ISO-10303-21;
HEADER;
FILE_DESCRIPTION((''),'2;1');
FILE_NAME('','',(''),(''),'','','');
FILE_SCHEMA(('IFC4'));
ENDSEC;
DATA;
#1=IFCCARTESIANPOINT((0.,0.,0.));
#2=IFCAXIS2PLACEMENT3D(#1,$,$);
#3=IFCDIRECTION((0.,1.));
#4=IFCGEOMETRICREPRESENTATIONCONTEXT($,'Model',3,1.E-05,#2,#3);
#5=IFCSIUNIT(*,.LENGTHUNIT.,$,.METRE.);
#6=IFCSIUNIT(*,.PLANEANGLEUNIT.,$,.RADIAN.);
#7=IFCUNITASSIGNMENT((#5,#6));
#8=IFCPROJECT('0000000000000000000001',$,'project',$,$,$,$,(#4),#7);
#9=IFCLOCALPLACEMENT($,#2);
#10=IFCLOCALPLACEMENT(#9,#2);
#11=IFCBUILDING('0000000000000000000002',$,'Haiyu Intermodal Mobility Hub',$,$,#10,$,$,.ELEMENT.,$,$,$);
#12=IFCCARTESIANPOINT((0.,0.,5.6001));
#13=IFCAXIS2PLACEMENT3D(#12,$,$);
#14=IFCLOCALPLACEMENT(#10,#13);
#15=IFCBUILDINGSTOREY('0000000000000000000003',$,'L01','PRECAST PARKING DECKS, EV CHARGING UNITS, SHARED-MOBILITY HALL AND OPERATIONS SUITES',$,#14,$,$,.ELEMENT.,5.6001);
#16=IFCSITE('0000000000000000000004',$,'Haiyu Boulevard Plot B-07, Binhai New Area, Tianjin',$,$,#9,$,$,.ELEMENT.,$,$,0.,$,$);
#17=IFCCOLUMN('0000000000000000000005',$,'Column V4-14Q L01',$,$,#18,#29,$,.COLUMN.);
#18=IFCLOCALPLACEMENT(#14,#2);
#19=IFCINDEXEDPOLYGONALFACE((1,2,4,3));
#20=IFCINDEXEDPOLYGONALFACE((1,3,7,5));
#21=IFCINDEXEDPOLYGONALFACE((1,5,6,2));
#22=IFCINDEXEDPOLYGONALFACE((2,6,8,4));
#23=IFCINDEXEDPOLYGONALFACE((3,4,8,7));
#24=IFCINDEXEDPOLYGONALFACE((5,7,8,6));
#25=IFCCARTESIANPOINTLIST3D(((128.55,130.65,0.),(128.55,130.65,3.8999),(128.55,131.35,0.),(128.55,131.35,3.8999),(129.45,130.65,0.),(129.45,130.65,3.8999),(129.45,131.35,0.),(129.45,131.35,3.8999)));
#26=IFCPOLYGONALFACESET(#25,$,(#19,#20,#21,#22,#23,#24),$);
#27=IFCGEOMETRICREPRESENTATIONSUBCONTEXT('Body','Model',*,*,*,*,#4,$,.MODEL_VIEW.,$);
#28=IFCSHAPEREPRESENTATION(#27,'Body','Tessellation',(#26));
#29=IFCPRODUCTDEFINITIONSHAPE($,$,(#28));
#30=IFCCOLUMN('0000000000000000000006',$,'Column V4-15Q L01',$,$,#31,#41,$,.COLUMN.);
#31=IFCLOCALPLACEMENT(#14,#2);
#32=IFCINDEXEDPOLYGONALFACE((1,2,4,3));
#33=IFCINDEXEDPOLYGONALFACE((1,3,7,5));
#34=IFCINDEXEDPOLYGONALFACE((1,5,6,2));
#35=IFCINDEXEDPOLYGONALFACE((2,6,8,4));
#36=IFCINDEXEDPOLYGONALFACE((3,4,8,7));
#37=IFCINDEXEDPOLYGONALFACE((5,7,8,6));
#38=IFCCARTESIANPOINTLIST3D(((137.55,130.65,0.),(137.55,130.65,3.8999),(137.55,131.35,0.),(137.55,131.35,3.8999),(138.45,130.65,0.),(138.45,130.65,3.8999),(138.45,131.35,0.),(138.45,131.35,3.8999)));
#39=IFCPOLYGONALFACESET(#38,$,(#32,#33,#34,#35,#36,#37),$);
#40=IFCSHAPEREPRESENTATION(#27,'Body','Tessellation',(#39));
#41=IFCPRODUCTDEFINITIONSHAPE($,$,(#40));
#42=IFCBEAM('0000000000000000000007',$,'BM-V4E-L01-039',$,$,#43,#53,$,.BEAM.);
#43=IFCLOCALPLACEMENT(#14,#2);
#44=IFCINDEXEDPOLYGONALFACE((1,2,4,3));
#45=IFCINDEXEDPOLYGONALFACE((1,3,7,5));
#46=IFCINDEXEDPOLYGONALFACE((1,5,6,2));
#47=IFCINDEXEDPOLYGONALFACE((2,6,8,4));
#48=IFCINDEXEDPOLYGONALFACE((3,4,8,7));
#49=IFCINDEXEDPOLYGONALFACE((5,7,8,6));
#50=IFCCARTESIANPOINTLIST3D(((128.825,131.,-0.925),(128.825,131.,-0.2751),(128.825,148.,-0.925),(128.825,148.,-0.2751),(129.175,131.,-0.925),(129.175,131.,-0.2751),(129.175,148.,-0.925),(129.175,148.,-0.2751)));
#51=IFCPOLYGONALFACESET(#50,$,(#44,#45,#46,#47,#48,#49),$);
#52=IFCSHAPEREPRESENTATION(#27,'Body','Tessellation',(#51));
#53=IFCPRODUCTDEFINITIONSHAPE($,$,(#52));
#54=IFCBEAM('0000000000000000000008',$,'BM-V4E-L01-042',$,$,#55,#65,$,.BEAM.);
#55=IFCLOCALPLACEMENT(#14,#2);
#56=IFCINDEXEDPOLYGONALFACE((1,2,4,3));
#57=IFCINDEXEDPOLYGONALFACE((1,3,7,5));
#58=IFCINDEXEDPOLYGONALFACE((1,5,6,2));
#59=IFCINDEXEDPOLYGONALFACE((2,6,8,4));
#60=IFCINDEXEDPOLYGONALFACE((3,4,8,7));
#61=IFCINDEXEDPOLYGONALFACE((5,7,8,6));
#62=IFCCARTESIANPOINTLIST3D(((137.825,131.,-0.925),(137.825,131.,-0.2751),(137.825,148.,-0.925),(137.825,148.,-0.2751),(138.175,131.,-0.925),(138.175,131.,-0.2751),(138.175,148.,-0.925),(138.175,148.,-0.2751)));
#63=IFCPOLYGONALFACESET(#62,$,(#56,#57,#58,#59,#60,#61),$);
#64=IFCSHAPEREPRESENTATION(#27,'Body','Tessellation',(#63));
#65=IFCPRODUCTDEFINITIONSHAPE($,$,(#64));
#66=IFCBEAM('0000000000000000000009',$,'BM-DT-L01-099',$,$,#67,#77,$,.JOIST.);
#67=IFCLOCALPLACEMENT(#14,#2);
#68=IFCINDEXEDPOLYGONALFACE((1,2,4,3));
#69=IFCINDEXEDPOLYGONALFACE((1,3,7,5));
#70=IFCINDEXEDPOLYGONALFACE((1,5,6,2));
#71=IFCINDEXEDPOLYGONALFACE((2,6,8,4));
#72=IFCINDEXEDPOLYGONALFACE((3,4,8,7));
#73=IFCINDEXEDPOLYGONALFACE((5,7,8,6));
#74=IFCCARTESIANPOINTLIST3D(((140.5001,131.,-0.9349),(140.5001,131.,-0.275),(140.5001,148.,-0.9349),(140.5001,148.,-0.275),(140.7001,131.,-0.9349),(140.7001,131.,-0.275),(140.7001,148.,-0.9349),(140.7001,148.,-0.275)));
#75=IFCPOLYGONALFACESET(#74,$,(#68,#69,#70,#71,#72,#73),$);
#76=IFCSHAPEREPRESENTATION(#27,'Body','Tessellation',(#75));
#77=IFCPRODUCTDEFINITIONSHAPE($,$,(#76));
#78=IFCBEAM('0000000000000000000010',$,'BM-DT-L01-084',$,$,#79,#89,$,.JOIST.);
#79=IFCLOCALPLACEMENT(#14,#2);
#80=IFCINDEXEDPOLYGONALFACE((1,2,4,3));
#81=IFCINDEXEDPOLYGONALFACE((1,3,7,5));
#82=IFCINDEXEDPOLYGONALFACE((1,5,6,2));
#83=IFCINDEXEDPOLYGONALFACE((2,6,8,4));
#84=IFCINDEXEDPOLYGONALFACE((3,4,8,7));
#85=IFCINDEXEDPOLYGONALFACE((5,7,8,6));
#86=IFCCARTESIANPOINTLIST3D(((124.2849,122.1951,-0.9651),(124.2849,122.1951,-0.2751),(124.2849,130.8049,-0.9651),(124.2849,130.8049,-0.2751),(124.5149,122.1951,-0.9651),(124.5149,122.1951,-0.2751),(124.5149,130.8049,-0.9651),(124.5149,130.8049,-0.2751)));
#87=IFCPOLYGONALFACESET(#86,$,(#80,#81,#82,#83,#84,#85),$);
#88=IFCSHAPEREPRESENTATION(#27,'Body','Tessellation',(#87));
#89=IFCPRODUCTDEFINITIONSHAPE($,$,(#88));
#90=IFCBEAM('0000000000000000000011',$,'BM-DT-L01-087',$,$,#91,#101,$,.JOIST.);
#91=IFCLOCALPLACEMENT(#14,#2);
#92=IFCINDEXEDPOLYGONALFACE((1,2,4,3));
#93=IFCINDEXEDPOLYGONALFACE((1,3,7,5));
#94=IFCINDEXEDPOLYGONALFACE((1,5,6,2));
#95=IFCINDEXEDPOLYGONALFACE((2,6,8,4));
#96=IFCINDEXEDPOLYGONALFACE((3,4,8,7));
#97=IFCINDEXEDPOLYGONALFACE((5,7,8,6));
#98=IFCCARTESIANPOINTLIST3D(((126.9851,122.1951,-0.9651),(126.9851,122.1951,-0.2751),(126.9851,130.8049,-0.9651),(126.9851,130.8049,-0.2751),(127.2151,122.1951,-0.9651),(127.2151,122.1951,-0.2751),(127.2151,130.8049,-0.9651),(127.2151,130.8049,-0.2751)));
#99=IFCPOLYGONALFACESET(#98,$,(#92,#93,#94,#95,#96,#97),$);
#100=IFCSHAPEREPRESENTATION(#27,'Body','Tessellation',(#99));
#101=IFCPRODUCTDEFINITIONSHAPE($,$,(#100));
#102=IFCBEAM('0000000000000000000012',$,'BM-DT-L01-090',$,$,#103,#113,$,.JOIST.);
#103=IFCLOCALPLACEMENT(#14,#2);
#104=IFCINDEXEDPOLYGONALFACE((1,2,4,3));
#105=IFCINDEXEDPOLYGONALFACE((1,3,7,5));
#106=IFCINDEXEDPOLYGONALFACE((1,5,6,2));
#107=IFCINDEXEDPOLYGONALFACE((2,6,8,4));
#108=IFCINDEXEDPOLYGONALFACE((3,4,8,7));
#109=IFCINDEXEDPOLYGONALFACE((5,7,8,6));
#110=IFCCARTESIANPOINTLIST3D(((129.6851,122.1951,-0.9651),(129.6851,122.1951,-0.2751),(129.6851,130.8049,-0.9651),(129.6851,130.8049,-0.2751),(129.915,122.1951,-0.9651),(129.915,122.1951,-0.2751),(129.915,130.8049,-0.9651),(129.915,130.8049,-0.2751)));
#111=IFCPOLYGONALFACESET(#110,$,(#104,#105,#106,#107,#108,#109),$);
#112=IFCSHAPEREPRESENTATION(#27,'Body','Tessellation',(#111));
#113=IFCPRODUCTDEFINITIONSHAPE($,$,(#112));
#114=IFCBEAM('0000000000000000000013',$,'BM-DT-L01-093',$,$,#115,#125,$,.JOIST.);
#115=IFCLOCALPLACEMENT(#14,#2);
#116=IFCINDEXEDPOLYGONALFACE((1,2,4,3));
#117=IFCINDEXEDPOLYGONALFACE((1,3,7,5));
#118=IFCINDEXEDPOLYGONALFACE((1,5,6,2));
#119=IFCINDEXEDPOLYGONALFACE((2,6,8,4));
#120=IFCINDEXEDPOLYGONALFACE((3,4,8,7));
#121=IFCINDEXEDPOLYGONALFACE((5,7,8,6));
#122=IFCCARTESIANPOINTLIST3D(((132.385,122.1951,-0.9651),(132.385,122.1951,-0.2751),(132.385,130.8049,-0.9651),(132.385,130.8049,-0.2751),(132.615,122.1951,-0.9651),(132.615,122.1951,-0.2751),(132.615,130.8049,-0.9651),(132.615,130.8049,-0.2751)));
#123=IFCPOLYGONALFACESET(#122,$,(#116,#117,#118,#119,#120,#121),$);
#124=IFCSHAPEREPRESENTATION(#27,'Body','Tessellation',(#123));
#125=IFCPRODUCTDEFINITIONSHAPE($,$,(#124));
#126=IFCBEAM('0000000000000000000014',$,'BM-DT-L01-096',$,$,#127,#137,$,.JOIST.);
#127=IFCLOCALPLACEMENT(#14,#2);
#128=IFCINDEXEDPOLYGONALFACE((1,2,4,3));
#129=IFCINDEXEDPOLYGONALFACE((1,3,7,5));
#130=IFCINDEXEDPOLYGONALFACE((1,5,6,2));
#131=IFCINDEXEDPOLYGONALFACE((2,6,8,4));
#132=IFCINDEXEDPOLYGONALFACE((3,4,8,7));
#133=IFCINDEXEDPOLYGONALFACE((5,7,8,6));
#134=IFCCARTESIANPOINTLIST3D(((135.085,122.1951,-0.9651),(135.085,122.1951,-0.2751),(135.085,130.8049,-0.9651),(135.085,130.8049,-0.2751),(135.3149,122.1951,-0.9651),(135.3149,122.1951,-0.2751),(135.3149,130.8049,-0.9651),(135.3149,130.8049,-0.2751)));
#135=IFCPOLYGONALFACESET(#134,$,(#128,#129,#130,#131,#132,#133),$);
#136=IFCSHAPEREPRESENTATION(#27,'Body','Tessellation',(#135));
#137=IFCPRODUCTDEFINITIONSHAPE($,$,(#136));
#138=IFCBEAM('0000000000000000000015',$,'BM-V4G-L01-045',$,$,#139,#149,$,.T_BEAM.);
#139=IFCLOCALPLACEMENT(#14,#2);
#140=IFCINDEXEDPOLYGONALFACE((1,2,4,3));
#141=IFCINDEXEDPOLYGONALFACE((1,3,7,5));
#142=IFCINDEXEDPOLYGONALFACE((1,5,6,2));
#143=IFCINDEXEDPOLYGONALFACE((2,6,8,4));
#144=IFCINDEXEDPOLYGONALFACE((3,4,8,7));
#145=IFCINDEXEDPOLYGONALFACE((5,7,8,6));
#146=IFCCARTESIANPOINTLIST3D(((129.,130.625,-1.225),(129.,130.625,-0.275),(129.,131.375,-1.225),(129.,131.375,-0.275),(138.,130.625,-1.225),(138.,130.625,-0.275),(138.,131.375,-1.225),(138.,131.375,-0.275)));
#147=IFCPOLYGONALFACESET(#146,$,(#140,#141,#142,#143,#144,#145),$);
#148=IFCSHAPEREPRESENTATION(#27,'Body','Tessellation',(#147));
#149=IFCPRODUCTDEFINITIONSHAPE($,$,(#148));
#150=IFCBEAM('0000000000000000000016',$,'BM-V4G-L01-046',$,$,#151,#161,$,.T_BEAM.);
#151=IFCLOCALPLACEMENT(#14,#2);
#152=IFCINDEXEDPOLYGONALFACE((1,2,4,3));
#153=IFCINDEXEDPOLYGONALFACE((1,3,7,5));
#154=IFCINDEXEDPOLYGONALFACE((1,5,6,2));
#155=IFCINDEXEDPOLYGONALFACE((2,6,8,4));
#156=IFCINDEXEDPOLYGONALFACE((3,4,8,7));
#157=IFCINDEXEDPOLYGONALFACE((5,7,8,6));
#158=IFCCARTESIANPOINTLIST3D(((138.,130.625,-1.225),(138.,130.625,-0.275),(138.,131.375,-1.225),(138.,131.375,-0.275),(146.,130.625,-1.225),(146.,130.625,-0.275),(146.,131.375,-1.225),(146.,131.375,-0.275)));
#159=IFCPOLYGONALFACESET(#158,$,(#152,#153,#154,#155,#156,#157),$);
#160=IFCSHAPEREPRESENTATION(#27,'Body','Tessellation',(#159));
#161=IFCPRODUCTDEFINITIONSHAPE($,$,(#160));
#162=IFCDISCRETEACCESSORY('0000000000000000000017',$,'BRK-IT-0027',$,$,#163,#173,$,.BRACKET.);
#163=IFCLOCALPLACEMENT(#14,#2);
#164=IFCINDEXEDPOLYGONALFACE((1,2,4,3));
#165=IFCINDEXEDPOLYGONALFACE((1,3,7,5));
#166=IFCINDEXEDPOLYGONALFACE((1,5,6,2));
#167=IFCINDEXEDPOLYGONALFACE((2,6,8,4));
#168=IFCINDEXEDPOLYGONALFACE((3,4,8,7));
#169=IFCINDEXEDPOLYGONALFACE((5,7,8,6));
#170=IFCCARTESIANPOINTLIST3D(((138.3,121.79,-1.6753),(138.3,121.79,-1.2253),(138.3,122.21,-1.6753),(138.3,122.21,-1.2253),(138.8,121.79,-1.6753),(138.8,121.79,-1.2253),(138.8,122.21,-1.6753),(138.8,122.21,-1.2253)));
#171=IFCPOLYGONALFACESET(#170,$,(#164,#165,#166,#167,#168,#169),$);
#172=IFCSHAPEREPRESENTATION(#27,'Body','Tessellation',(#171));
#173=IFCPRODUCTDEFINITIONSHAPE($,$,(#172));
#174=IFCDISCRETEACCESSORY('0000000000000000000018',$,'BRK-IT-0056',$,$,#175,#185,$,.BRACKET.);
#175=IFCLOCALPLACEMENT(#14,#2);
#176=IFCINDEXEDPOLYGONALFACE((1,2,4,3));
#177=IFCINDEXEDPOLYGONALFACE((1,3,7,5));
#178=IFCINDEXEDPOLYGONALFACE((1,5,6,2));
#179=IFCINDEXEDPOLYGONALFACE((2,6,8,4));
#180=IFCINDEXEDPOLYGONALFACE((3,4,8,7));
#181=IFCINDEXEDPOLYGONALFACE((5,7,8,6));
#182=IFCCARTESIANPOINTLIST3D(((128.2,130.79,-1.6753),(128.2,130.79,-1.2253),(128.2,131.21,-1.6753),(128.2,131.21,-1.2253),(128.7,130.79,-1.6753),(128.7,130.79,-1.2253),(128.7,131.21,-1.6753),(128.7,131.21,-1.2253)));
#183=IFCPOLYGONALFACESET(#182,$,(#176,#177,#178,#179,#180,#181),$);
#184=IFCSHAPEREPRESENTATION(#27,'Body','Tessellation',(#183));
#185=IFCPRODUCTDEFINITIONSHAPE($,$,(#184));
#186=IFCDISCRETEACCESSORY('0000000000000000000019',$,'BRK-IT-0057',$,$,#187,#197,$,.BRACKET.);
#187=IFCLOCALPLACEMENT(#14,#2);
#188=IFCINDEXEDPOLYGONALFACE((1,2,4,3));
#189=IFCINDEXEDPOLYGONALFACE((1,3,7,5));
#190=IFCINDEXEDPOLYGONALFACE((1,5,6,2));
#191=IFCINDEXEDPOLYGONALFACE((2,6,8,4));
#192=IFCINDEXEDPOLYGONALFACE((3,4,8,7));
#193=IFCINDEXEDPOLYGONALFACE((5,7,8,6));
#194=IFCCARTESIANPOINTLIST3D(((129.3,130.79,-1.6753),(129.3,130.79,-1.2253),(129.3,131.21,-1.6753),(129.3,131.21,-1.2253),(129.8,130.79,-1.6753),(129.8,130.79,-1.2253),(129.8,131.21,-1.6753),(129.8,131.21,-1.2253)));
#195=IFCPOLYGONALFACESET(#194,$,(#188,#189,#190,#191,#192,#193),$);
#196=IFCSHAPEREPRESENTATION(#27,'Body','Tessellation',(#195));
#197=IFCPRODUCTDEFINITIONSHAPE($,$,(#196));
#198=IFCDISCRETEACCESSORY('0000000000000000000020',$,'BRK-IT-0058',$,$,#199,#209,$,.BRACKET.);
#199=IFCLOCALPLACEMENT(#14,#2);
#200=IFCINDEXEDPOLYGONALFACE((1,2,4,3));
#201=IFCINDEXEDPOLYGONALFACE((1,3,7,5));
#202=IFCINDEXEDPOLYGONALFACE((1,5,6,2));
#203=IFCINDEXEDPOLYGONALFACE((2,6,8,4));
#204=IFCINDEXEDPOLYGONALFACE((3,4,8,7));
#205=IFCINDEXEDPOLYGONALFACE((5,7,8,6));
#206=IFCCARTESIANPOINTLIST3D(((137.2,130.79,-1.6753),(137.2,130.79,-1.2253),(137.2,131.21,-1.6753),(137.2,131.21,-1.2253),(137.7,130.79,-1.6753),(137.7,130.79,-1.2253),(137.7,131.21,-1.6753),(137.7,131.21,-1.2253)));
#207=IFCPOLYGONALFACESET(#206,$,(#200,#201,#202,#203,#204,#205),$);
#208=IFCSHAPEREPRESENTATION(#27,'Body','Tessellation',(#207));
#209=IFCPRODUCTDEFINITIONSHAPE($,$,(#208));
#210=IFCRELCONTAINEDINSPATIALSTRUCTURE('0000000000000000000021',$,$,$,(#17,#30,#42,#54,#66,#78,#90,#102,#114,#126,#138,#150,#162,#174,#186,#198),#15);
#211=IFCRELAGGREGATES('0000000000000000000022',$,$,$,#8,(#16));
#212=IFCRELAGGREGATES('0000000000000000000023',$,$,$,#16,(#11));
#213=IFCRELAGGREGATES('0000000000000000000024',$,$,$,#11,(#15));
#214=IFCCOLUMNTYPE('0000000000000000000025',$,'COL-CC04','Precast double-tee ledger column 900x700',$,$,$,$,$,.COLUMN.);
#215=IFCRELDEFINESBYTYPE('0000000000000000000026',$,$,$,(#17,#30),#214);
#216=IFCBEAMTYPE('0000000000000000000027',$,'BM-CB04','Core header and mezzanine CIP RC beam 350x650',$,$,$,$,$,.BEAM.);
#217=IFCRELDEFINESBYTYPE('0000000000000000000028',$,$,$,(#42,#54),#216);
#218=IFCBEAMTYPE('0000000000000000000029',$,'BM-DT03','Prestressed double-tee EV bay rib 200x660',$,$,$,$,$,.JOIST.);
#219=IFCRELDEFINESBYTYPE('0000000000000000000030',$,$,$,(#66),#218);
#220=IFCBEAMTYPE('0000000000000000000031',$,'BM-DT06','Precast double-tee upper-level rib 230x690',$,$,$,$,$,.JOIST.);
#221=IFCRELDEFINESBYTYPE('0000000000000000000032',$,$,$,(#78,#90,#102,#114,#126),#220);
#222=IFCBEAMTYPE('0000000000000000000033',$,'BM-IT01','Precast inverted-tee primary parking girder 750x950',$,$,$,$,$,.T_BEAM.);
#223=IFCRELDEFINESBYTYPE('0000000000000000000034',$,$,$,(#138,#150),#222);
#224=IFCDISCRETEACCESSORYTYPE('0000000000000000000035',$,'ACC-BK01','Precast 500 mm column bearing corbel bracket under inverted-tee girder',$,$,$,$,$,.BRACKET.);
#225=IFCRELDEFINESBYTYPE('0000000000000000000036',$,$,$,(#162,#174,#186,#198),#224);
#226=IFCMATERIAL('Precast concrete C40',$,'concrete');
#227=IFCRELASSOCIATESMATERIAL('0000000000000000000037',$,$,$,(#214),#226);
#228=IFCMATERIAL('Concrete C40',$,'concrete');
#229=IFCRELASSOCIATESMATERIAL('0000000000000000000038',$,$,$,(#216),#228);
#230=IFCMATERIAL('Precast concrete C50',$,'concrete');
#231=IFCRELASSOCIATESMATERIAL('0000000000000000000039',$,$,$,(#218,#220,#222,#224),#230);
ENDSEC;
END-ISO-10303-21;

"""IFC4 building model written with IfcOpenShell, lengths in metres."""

from ifc_helpers import new_model, si_unit, direction, frame, origin, origin_2d, place, context, subcontext, project, spatial, rectangle, extrude, material, material_profile, profile_set, type_object, element, save


model = new_model("IFC4")

# Units and contexts
model_context = context("Model", 3, precision=1e-05, world=origin(), true_north=direction((0.0, 1.0)))
body_context = subcontext(model_context, "Body", "Model", "MODEL_VIEW")
ifc_project = project(units=[si_unit("LENGTHUNIT", "METRE"), si_unit("PLANEANGLEUNIT", "RADIAN")], contexts=[model_context])

# Site, building, storey
site_placement = place(None, origin())
site = spatial("IfcSite", under=ifc_project, at=site_placement, Name="Haiyu Boulevard Plot B-07, Binhai New Area, Tianjin", CompositionType="ELEMENT", RefElevation=0.0)
building_placement = place(site_placement, origin())
building = spatial("IfcBuilding", under=site, at=building_placement, Name="Haiyu Intermodal Mobility Hub", CompositionType="ELEMENT")
storey_placement = place(building_placement, frame((0.0, 0.0, 5.6001)))
storey = spatial("IfcBuildingStorey", under=building, at=storey_placement, Name="L01", Description="PRECAST PARKING DECKS, EV CHARGING UNITS, SHARED-MOBILITY HALL AND OPERATIONS SUITES", CompositionType="ELEMENT", Elevation=5.6001)

# Columns
ifc_material_1 = material(Name="Precast concrete C40", Category="concrete")
ifc_material_profile_1 = material_profile(ifc_material_1, rectangle(XDim=0.8999, YDim=0.7, at=origin_2d()), Name="RC900x700")
ifc_profile_set_1 = profile_set([ifc_material_profile_1], Name="Precast concrete C40")
column_type = type_object("IfcColumnType", Name="COL-CC04", Description="Precast double-tee ledger column 900x700", PredefinedType="COLUMN", material=ifc_profile_set_1)
for number, where, z_axis, x_axis, name in (
    (1, (129.0, 131.0, 0.0), (0.0, 0.0, 1.0), (1.0, 0.0, 0.0), "Column V4-14Q L01"),
    (2, (138.0, 131.0, 0.0), (0.0, 0.0, 1.0), (1.0, 0.0, 0.0), "Column V4-15Q L01"),
):
    element("IfcColumn", number, at=place(storey_placement, frame(where, z_axis=z_axis, x_axis=x_axis)), inside=storey, type_object=column_type, Name=name, PredefinedType="COLUMN", context=body_context, shape_type="SweptSolid", body=[
        extrude(rectangle(XDim=0.8999, YDim=0.7, at=origin_2d()), origin(), (0.0, 0.0, 1.0), 3.8999),
    ])

# Beams
ifc_material_2 = material(Name="Concrete C40", Category="concrete")
ifc_material_profile_2 = material_profile(ifc_material_2, rectangle(XDim=0.3501, YDim=0.6499, at=origin_2d()), Name="RCB350x650")
ifc_profile_set_2 = profile_set([ifc_material_profile_2], Name="Concrete C40")
beam_type_1 = type_object("IfcBeamType", Name="BM-CB04", Description="Core header and mezzanine CIP RC beam 350x650", PredefinedType="BEAM", material=ifc_profile_set_2)
for number, where, z_axis, x_axis, name in (
    (3, (129.0, 131.0, -0.6001), (0.0, 1.0, 0.0), (-1.0, 0.0, 0.0), "BM-V4E-L01-039"),
    (4, (138.0, 131.0, -0.6001), (0.0, 1.0, 0.0), (-1.0, 0.0, 0.0), "BM-V4E-L01-042"),
):
    element("IfcBeam", number, at=place(storey_placement, frame(where, z_axis=z_axis, x_axis=x_axis)), inside=storey, type_object=beam_type_1, Name=name, PredefinedType="BEAM", context=body_context, shape_type="SweptSolid", body=[
        extrude(rectangle(XDim=0.3501, YDim=0.6499, at=origin_2d()), origin(), (0.0, 0.0, 1.0), 17.0),
    ])
ifc_material_3 = material(Name="Precast concrete C50", Category="concrete")
ifc_material_profile_3 = material_profile(ifc_material_3, rectangle(XDim=0.2, YDim=0.6599, at=origin_2d()), Name="PC200x660")
ifc_profile_set_3 = profile_set([ifc_material_profile_3], Name="Precast concrete C50")
beam_type_2 = type_object("IfcBeamType", Name="BM-DT03", Description="Prestressed double-tee EV bay rib 200x660", PredefinedType="JOIST", material=ifc_profile_set_3)
beam_1_placement = place(storey_placement, frame((140.6001, 131.0, -0.605), z_axis=(0.0, 1.0, 0.0), x_axis=(-1.0, 0.0, 0.0)))
element("IfcBeam", 5, at=beam_1_placement, inside=storey, type_object=beam_type_2, Name="BM-DT-L01-099", PredefinedType="JOIST", context=body_context, shape_type="SweptSolid", body=[
    extrude(rectangle(XDim=0.2, YDim=0.6599, at=origin_2d()), origin(), (0.0, 0.0, 1.0), 17.0),
])
ifc_material_profile_4 = material_profile(ifc_material_3, rectangle(XDim=0.23, YDim=0.6899, at=origin_2d()), Name="B230x690")
ifc_profile_set_4 = profile_set([ifc_material_profile_4], Name="Precast concrete C50")
beam_type_3 = type_object("IfcBeamType", Name="BM-DT06", Description="Precast double-tee upper-level rib 230x690", PredefinedType="JOIST", material=ifc_profile_set_4)
for number, where, z_axis, x_axis, name in (
    (6, (124.3999, 122.1951, -0.6201), (0.0, 1.0, 0.0), (-1.0, 0.0, 0.0), "BM-DT-L01-084"),
    (7, (127.1001, 122.1951, -0.6201), (0.0, 1.0, 0.0), (-1.0, 0.0, 0.0), "BM-DT-L01-087"),
    (8, (129.8, 122.1951, -0.6201), (0.0, 1.0, 0.0), (-1.0, 0.0, 0.0), "BM-DT-L01-090"),
    (9, (132.5, 122.1951, -0.6201), (0.0, 1.0, 0.0), (-1.0, 0.0, 0.0), "BM-DT-L01-093"),
    (10, (135.2, 122.1951, -0.6201), (0.0, 1.0, 0.0), (-1.0, 0.0, 0.0), "BM-DT-L01-096"),
):
    element("IfcBeam", number, at=place(storey_placement, frame(where, z_axis=z_axis, x_axis=x_axis)), inside=storey, type_object=beam_type_3, Name=name, PredefinedType="JOIST", context=body_context, shape_type="SweptSolid", body=[
        extrude(rectangle(XDim=0.23, YDim=0.6899, at=origin_2d()), origin(), (0.0, 0.0, 1.0), 8.6099),
    ])
ifc_material_profile_5 = material_profile(ifc_material_3, rectangle(XDim=0.75, YDim=0.95, at=origin_2d()), Name="PC750x950")
ifc_profile_set_5 = profile_set([ifc_material_profile_5], Name="Precast concrete C50")
beam_type_4 = type_object("IfcBeamType", Name="BM-IT01", Description="Precast inverted-tee primary parking girder 750x950", PredefinedType="T_BEAM", material=ifc_profile_set_5)
beam_2_placement = place(storey_placement, frame((129.0, 131.0, -0.75), z_axis=(1.0, 0.0, 0.0), x_axis=(0.0, 1.0, 0.0)))
element("IfcBeam", 11, at=beam_2_placement, inside=storey, type_object=beam_type_4, Name="BM-V4G-L01-045", PredefinedType="T_BEAM", context=body_context, shape_type="SweptSolid", body=[
    extrude(rectangle(XDim=0.75, YDim=0.95, at=origin_2d()), origin(), (0.0, 0.0, 1.0), 9.0),
])
beam_3_placement = place(storey_placement, frame((138.0, 131.0, -0.75), z_axis=(1.0, 0.0, 0.0), x_axis=(0.0, 1.0, 0.0)))
element("IfcBeam", 12, at=beam_3_placement, inside=storey, type_object=beam_type_4, Name="BM-V4G-L01-046", PredefinedType="T_BEAM", context=body_context, shape_type="SweptSolid", body=[
    extrude(rectangle(XDim=0.75, YDim=0.95, at=origin_2d()), origin(), (0.0, 0.0, 1.0), 8.0),
])

# Discrete accessories
discrete_accessory_type = type_object("IfcDiscreteAccessoryType", Name="ACC-BK01", Description="Precast 500 mm column bearing corbel bracket under inverted-tee girder", PredefinedType="BRACKET", material=ifc_material_3)
for number, where, z_axis, x_axis, name in (
    (13, (138.55, 122.0, -1.6753), (0.0, 0.0, 1.0), (1.0, 0.0, 0.0), "BRK-IT-0027"),
    (14, (128.45, 131.0, -1.6753), (0.0, 0.0, 1.0), (1.0, 0.0, 0.0), "BRK-IT-0056"),
    (15, (129.55, 131.0, -1.6753), (0.0, 0.0, 1.0), (1.0, 0.0, 0.0), "BRK-IT-0057"),
    (16, (137.45, 131.0, -1.6753), (0.0, 0.0, 1.0), (1.0, 0.0, 0.0), "BRK-IT-0058"),
):
    element("IfcDiscreteAccessory", number, at=place(storey_placement, frame(where, z_axis=z_axis, x_axis=x_axis)), inside=storey, type_object=discrete_accessory_type, Name=name, PredefinedType="BRACKET", context=body_context, shape_type="SweptSolid", body=[
        extrude(rectangle(XDim=0.5, YDim=0.4199, at=origin_2d()), origin(), (0.0, 0.0, 1.0), 0.45),
    ])

save(model, "model.ifc")
